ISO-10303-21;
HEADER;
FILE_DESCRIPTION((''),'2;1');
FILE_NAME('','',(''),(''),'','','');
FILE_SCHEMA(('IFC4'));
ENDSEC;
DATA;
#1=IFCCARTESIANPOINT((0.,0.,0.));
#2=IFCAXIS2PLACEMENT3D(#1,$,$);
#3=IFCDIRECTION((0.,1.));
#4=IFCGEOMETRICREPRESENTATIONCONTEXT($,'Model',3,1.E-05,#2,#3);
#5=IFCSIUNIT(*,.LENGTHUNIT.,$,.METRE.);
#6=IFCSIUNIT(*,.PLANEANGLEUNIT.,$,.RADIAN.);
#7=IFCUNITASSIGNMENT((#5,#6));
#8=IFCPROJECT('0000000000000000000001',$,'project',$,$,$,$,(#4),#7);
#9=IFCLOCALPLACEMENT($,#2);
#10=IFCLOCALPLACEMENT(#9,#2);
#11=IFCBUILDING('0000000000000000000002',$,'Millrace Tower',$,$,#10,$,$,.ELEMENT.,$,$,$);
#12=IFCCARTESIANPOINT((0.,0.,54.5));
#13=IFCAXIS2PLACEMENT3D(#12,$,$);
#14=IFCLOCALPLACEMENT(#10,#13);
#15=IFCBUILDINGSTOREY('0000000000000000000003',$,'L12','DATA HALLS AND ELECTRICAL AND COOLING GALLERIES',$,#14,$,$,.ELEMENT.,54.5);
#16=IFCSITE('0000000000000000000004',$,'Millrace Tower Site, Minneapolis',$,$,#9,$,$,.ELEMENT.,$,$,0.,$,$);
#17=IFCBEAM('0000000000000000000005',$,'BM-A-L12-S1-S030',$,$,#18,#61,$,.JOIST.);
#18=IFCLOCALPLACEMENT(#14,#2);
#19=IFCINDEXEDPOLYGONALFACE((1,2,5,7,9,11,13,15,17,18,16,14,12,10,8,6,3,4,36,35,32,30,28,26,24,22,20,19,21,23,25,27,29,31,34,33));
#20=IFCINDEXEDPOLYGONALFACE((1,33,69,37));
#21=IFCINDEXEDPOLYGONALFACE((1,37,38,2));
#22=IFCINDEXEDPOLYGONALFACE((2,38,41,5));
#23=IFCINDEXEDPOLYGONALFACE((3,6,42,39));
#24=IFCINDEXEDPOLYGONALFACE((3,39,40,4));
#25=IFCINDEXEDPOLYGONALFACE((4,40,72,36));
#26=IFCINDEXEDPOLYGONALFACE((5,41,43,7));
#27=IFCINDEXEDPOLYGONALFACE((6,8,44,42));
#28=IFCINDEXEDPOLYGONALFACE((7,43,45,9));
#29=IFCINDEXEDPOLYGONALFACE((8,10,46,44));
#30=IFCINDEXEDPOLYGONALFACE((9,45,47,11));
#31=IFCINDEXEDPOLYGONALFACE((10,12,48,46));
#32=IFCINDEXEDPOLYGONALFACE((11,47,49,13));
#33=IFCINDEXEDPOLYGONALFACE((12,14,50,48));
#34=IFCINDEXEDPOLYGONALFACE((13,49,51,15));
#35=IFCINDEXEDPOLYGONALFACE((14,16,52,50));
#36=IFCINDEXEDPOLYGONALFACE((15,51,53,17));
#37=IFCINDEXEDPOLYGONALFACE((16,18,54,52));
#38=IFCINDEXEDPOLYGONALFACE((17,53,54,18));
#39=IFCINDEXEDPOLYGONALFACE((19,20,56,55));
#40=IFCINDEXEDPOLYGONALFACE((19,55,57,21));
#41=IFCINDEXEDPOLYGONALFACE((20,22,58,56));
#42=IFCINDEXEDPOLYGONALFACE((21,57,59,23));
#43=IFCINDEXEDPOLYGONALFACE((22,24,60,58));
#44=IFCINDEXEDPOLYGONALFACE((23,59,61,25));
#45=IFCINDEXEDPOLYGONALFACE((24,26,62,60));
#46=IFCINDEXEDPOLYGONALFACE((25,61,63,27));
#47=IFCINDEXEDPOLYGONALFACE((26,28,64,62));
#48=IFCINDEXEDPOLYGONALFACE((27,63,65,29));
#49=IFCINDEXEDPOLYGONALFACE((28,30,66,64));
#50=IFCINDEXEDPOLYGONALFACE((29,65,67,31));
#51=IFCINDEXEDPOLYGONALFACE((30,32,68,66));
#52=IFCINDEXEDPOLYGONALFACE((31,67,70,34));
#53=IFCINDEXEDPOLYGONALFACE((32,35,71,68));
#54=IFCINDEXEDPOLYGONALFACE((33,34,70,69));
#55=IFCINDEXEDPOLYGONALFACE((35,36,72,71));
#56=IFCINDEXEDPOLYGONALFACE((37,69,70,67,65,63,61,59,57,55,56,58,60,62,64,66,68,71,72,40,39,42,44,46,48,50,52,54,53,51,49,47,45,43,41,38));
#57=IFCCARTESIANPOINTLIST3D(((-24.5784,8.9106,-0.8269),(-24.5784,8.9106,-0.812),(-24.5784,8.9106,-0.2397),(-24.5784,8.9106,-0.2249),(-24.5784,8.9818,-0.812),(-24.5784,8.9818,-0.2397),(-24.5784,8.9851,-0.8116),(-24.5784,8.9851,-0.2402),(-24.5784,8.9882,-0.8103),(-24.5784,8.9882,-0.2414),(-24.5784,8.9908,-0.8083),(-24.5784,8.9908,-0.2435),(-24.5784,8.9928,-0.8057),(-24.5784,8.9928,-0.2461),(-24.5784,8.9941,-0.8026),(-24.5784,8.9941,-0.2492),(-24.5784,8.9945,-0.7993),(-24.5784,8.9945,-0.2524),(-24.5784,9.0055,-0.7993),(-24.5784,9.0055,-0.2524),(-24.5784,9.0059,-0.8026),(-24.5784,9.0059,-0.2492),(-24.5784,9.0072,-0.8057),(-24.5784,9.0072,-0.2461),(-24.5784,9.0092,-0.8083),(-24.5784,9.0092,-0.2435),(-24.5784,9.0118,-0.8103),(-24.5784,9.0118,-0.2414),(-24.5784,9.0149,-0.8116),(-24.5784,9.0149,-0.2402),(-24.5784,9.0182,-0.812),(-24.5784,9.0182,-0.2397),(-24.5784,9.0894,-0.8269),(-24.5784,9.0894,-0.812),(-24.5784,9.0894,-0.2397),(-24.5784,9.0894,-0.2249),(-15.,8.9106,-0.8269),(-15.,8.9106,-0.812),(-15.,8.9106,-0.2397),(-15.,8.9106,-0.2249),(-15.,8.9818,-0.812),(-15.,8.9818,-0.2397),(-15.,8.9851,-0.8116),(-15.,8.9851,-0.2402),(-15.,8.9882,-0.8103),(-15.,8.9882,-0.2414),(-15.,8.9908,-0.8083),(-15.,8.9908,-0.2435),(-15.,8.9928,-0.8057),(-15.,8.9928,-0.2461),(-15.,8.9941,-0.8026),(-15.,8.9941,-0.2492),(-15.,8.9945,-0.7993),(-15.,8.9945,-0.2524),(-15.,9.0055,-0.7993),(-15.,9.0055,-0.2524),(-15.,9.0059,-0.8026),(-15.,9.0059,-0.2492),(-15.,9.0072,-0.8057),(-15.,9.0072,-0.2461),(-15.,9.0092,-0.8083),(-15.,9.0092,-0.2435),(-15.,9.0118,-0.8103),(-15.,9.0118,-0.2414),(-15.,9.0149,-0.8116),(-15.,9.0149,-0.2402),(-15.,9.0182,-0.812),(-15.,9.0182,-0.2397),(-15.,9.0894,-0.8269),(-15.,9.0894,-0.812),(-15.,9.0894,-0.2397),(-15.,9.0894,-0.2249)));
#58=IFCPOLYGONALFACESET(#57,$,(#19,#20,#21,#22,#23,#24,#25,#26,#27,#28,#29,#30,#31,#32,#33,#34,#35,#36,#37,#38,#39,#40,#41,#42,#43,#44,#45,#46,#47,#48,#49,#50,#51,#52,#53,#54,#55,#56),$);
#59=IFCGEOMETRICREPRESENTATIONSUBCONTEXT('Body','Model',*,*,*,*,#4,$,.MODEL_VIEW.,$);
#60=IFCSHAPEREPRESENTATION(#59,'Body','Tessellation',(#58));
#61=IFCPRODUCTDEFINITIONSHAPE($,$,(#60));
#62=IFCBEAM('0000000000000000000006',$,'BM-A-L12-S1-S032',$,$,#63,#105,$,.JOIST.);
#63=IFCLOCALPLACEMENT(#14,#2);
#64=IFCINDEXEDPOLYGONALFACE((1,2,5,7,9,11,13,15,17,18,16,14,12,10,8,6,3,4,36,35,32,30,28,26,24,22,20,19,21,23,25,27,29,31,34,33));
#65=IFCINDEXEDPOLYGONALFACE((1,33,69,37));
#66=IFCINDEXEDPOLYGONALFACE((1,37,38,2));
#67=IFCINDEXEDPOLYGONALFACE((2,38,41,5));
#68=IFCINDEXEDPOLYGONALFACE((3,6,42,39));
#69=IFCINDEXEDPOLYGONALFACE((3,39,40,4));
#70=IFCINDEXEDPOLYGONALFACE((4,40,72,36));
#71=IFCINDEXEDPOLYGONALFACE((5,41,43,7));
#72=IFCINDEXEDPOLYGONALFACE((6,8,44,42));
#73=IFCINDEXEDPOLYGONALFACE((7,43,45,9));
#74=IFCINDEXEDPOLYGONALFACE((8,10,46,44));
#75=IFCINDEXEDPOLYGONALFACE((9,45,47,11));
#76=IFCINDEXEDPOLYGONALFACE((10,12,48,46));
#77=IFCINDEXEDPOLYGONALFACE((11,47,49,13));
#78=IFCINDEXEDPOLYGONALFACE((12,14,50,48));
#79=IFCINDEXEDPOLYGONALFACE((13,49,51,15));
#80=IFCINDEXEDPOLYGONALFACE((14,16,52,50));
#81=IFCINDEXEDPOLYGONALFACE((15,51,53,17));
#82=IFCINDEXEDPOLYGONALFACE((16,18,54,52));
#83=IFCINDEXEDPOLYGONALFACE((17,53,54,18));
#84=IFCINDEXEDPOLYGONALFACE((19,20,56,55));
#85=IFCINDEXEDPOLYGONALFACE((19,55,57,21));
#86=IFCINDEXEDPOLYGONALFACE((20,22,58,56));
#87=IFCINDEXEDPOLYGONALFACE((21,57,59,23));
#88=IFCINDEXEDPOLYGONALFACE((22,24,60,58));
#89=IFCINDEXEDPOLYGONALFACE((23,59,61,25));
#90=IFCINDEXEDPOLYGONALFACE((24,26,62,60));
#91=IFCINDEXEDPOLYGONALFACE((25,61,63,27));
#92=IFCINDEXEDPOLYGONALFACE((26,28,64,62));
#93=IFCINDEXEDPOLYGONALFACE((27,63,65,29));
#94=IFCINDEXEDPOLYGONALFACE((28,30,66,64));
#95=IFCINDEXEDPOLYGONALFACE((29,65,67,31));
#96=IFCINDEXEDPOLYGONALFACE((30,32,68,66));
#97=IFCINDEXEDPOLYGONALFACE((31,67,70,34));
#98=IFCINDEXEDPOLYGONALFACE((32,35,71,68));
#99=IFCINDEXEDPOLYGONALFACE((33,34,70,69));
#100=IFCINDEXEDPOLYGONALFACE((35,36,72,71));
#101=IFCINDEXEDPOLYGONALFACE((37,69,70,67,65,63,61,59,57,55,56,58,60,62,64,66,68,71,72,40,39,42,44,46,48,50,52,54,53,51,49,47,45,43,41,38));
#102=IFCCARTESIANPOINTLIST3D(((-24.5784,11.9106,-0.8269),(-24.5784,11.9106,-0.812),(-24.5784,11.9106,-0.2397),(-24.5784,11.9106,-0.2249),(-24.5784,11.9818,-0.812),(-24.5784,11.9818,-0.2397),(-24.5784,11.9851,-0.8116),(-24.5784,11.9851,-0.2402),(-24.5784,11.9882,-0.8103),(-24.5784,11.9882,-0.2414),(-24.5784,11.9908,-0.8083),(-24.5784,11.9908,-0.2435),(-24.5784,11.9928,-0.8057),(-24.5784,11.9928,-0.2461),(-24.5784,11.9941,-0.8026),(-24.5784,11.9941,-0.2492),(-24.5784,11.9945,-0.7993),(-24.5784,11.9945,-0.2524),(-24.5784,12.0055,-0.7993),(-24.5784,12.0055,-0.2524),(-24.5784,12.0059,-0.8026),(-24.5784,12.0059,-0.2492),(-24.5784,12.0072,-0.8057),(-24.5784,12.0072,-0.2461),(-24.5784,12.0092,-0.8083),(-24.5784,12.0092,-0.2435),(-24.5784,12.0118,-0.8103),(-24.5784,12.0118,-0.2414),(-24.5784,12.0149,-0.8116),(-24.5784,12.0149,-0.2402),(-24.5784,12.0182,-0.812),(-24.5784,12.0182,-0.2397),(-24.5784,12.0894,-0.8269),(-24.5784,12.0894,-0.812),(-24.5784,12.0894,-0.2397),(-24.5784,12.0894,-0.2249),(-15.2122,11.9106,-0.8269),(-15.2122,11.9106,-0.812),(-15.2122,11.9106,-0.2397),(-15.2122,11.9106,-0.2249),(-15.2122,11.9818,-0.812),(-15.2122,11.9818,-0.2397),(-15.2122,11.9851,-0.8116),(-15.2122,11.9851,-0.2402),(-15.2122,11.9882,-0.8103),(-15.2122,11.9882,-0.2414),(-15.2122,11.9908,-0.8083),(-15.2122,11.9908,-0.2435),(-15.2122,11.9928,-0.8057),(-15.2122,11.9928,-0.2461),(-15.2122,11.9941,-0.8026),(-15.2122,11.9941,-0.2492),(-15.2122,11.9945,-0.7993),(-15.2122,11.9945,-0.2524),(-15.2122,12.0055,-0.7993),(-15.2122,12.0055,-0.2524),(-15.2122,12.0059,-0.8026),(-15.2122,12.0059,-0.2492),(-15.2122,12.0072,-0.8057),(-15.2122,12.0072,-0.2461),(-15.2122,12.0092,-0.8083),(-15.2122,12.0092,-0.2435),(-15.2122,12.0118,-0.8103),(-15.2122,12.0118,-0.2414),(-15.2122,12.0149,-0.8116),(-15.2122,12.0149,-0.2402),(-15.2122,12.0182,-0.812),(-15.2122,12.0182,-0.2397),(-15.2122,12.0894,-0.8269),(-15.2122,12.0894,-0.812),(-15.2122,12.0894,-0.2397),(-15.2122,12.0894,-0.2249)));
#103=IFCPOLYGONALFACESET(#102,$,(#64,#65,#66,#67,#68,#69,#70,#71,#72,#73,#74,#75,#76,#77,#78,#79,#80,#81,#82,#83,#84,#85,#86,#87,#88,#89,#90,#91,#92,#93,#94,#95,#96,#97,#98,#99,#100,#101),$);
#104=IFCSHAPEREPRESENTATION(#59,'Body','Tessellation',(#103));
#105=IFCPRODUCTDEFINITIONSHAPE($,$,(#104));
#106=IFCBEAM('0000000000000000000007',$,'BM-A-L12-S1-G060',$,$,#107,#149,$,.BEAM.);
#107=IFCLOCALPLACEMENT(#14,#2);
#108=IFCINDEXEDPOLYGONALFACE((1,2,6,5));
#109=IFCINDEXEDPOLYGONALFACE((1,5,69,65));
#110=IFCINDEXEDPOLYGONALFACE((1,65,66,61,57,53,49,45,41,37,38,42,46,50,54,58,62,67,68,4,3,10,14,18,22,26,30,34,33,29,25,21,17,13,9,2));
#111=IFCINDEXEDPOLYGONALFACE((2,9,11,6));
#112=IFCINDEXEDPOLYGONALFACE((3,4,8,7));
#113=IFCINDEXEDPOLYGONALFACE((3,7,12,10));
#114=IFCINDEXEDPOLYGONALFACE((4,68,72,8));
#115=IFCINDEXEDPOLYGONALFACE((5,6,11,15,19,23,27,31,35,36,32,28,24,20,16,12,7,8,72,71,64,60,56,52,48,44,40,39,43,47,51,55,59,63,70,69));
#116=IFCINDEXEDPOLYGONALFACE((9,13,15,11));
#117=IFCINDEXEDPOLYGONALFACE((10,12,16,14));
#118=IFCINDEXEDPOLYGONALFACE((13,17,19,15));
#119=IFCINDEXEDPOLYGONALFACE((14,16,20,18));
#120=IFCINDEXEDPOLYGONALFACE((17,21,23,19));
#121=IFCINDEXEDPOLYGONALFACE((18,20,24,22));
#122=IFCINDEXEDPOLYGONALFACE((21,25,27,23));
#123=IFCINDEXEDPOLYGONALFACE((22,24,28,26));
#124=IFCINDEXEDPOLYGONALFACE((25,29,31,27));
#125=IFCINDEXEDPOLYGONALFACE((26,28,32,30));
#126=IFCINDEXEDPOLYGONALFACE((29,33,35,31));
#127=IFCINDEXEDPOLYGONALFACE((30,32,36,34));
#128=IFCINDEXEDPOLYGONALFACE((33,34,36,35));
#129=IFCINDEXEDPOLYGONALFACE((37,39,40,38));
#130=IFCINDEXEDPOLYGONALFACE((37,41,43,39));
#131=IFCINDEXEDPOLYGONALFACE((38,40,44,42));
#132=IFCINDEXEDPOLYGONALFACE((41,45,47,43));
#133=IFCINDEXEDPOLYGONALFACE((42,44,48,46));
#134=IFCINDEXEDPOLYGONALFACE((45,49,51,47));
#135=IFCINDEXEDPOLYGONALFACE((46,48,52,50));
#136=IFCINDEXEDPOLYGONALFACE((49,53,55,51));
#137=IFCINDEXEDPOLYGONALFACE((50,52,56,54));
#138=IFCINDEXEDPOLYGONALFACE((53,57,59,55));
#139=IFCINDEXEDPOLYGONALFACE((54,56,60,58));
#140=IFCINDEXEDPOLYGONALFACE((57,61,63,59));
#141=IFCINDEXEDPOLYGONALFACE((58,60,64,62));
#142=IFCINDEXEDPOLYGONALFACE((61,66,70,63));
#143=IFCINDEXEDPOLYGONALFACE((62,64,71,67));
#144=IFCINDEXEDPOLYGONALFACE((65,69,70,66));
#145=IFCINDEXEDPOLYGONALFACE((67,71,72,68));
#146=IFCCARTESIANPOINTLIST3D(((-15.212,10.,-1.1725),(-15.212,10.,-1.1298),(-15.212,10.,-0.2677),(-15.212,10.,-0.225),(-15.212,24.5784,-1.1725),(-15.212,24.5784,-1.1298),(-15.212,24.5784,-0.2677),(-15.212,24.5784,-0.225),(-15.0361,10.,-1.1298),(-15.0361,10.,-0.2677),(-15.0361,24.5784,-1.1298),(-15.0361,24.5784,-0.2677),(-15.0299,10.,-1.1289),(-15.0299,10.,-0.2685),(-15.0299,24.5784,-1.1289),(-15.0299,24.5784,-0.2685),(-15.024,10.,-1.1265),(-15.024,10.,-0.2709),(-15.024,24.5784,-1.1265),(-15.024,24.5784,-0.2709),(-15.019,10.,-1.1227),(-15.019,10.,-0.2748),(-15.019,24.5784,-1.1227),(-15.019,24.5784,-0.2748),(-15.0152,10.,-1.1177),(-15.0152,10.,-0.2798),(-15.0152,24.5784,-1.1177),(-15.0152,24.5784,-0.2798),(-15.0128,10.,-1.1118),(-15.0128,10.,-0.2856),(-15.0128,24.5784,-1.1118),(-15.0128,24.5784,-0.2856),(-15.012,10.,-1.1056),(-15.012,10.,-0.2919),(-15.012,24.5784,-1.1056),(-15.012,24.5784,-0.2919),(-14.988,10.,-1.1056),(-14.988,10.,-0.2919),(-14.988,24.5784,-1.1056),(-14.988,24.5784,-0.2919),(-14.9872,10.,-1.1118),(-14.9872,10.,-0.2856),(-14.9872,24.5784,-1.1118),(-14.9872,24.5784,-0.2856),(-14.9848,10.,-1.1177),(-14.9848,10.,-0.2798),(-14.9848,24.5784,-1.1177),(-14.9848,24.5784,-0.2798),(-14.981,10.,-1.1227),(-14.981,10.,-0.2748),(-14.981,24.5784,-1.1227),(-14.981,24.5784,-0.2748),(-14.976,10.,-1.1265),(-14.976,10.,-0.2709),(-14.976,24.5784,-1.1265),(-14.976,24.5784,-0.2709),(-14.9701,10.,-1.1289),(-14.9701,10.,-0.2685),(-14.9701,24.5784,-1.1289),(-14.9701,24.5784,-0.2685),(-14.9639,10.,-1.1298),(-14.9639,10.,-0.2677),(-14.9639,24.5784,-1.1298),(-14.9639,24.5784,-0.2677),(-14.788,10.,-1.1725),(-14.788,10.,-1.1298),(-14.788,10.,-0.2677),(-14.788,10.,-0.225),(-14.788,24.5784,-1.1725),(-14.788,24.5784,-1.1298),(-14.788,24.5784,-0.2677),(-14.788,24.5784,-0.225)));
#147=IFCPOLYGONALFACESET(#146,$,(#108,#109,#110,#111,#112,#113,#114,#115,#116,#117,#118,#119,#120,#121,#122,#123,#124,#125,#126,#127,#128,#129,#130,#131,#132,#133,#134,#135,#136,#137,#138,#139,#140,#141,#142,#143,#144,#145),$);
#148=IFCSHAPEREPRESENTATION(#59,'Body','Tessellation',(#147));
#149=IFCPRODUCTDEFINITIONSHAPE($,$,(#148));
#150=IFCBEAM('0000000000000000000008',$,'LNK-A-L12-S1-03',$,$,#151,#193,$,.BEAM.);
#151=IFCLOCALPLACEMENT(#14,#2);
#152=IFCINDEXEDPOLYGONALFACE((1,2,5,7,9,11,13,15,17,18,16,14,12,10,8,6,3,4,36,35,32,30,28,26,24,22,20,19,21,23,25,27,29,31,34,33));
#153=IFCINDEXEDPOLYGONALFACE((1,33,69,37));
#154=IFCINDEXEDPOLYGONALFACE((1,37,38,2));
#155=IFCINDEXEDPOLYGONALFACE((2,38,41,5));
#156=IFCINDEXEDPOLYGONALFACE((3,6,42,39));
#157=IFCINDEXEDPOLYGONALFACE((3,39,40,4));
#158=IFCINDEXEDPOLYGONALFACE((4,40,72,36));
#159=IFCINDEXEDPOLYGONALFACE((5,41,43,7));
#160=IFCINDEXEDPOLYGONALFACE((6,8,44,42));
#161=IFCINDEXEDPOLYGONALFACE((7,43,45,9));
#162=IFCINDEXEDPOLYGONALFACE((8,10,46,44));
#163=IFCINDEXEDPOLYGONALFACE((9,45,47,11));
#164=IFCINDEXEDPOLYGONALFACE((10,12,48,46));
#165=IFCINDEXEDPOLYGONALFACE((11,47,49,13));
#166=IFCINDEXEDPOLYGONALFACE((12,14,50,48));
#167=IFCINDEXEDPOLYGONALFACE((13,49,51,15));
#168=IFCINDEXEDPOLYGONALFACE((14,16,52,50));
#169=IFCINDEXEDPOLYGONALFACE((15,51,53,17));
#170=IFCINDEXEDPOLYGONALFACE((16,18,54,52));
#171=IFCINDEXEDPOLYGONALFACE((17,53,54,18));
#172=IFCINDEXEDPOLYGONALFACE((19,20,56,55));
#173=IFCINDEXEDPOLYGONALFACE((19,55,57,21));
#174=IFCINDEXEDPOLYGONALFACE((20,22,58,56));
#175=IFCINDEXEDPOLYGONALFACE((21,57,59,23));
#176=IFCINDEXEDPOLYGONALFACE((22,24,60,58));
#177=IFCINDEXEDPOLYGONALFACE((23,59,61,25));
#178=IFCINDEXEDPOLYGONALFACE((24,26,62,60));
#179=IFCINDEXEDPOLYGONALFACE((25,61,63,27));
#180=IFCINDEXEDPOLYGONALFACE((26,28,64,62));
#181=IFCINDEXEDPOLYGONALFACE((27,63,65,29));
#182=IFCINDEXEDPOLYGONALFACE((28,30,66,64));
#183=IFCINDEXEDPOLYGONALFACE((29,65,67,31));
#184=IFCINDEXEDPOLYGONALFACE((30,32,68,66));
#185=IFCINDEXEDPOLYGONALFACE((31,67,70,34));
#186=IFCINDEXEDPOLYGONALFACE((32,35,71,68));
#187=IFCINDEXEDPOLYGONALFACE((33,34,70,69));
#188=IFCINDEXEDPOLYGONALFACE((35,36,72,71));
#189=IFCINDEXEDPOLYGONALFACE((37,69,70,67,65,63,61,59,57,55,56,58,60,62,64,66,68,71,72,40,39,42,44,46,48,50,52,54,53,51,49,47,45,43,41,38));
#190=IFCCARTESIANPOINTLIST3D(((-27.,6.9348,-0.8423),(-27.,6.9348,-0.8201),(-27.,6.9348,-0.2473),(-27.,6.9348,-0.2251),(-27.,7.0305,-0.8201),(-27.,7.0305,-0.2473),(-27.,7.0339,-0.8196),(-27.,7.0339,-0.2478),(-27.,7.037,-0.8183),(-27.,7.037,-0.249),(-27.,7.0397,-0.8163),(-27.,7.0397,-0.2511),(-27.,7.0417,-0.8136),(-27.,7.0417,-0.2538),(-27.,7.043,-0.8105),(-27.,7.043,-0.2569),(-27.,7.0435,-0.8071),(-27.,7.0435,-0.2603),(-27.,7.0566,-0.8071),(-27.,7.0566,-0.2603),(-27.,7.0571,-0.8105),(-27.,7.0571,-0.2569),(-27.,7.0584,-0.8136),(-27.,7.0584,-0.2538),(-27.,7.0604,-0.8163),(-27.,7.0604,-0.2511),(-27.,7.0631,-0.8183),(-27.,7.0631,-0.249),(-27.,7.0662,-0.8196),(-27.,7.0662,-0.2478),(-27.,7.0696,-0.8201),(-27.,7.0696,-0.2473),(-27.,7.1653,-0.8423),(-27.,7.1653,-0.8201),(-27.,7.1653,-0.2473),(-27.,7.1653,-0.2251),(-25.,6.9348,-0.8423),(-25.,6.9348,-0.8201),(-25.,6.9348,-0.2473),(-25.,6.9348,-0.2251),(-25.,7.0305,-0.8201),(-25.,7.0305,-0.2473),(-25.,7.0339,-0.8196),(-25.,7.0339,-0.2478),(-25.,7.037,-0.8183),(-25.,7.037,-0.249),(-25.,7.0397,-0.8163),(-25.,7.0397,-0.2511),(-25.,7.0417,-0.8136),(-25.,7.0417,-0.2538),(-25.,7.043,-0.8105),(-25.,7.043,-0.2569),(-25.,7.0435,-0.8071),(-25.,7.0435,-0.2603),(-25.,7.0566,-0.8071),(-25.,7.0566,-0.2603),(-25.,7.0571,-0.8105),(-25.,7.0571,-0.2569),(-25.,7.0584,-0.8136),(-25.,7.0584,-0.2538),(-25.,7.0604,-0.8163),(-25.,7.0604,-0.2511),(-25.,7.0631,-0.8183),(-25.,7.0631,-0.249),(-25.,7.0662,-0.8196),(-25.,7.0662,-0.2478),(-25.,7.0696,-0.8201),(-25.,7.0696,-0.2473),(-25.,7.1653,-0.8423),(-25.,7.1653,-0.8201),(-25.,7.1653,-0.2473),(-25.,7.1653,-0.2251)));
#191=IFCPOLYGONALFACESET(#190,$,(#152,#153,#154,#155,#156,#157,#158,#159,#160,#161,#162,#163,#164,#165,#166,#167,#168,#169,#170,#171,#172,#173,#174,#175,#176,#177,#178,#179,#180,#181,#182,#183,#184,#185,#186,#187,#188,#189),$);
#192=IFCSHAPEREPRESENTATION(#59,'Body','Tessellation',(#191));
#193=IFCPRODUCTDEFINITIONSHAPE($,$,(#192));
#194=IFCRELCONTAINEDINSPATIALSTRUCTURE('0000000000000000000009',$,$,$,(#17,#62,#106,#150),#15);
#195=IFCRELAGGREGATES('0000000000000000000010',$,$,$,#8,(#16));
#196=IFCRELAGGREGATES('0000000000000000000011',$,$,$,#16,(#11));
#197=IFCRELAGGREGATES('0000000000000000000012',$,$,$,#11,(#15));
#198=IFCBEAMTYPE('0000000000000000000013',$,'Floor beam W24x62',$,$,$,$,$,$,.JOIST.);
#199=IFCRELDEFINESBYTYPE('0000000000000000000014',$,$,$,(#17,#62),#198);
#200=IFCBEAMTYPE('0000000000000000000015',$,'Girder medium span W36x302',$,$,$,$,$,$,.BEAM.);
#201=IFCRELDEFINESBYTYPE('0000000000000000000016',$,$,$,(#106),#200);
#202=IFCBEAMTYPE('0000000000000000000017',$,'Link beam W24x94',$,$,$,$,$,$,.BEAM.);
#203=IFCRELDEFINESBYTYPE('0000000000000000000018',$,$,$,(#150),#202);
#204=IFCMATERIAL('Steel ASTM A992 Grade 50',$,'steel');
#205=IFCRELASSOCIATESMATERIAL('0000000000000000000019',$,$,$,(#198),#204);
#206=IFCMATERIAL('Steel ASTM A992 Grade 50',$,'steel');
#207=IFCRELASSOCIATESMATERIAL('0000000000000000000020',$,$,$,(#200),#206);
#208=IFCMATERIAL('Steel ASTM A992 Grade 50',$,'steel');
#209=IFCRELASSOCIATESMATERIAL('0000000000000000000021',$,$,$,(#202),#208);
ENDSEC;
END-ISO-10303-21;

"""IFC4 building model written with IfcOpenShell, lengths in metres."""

from ifc_helpers import new_model, si_unit, direction, frame, origin, origin_2d, place, context, subcontext, project, spatial, i_section, extrude, material, material_profile, profile_set, type_object, element, save


model = new_model("IFC4")

# Units and contexts
model_context = context("Model", 3, precision=1e-05, world=origin(), true_north=direction((0.0, 1.0)))
body_context = subcontext(model_context, "Body", "Model", "MODEL_VIEW")
ifc_project = project(units=[si_unit("LENGTHUNIT", "METRE"), si_unit("PLANEANGLEUNIT", "RADIAN")], contexts=[model_context])

# Site, building, storey
site_placement = place(None, origin())
site = spatial("IfcSite", under=ifc_project, at=site_placement, Name="Millrace Tower Site, Minneapolis", CompositionType="ELEMENT", RefElevation=0.0)
building_placement = place(site_placement, origin())
building = spatial("IfcBuilding", under=site, at=building_placement, Name="Millrace Tower", CompositionType="ELEMENT")
storey_placement = place(building_placement, frame((0.0, 0.0, 54.5)))
storey = spatial("IfcBuildingStorey", under=building, at=storey_placement, Name="L12", Description="DATA HALLS AND ELECTRICAL AND COOLING GALLERIES", CompositionType="ELEMENT", Elevation=54.5)

# Beams
ifc_material_1 = material(Name="Steel ASTM A992 Grade 50", Category="steel")
ifc_material_profile_1 = material_profile(ifc_material_1, i_section(OverallWidth=0.1787, OverallDepth=0.6021, WebThickness=0.011, FlangeThickness=0.0149, FilletRadius=0.0127, at=origin_2d()))
ifc_profile_set_1 = profile_set([ifc_material_profile_1], Name="Steel ASTM A992 Grade 50")
beam_type_1 = type_object("IfcBeamType", Name="Floor beam W24x62", PredefinedType="JOIST", material=ifc_profile_set_1)
for number, where, z_axis, x_axis, name in (
    (1, (-24.5784, 9.0, -0.5259), (1.0, 0.0, 0.0), (0.0, 1.0, 0.0), "BM-A-L12-S1-S030"),
):
    element("IfcBeam", number, at=place(storey_placement, frame(where, z_axis=z_axis, x_axis=x_axis)), inside=storey, type_object=beam_type_1, Name=name, PredefinedType="JOIST", context=body_context, shape_type="SweptSolid", body=[
        extrude(i_section(OverallWidth=0.1787, OverallDepth=0.6021, WebThickness=0.011, FlangeThickness=0.0149, FilletRadius=0.0127, at=origin_2d()), origin(), (0.0, 0.0, 1.0), 9.5784),
    ])
beam_1_placement = place(storey_placement, frame((-24.5784, 12.0, -0.5259), z_axis=(1.0, 0.0, 0.0), x_axis=(0.0, 1.0, 0.0)))
element("IfcBeam", 2, at=beam_1_placement, inside=storey, type_object=beam_type_1, Name="BM-A-L12-S1-S032", PredefinedType="JOIST", context=body_context, shape_type="SweptSolid", body=[
    extrude(i_section(OverallWidth=0.1787, OverallDepth=0.6021, WebThickness=0.011, FlangeThickness=0.0149, FilletRadius=0.0127, at=origin_2d()), origin(), (0.0, 0.0, 1.0), 9.3662),
])
ifc_material_2 = material(Name="Steel ASTM A992 Grade 50", Category="steel")
ifc_material_profile_2 = material_profile(ifc_material_2, i_section(OverallWidth=0.4241, OverallDepth=0.9475, WebThickness=0.0239, FlangeThickness=0.0427, FilletRadius=0.0242, at=origin_2d()))
ifc_profile_set_2 = profile_set([ifc_material_profile_2], Name="Steel ASTM A992 Grade 50")
beam_type_2 = type_object("IfcBeamType", Name="Girder medium span W36x302", PredefinedType="BEAM", material=ifc_profile_set_2)
beam_2_placement = place(storey_placement, frame((-15.0, 10.0, -0.6987), z_axis=(0.0, 1.0, 0.0), x_axis=(-1.0, 0.0, 0.0)))
element("IfcBeam", 3, at=beam_2_placement, inside=storey, type_object=beam_type_2, Name="BM-A-L12-S1-G060", PredefinedType="BEAM", context=body_context, shape_type="SweptSolid", body=[
    extrude(i_section(OverallWidth=0.4241, OverallDepth=0.9475, WebThickness=0.0239, FlangeThickness=0.0427, FilletRadius=0.0242, at=origin_2d()), origin(), (0.0, 0.0, 1.0), 14.5784),
])
ifc_material_3 = material(Name="Steel ASTM A992 Grade 50", Category="steel")
ifc_material_profile_3 = material_profile(ifc_material_3, i_section(OverallWidth=0.2305, OverallDepth=0.6172, WebThickness=0.0132, FlangeThickness=0.0222, FilletRadius=0.0129, at=origin_2d()))
ifc_profile_set_3 = profile_set([ifc_material_profile_3], Name="Steel ASTM A992 Grade 50")
beam_type_3 = type_object("IfcBeamType", Name="Link beam W24x94", PredefinedType="BEAM", material=ifc_profile_set_3)
beam_3_placement = place(storey_placement, frame((-25.0, 7.05, -0.5337), z_axis=(-1.0, 0.0, 0.0), x_axis=(0.0, -1.0, 0.0)))
element("IfcBeam", 4, at=beam_3_placement, inside=storey, type_object=beam_type_3, Name="LNK-A-L12-S1-03", PredefinedType="BEAM", context=body_context, shape_type="SweptSolid", body=[
    extrude(i_section(OverallWidth=0.2305, OverallDepth=0.6172, WebThickness=0.0132, FlangeThickness=0.0222, FilletRadius=0.0129, at=origin_2d()), origin(), (0.0, 0.0, 1.0), 2.0),
])

save(model, "model.ifc")
